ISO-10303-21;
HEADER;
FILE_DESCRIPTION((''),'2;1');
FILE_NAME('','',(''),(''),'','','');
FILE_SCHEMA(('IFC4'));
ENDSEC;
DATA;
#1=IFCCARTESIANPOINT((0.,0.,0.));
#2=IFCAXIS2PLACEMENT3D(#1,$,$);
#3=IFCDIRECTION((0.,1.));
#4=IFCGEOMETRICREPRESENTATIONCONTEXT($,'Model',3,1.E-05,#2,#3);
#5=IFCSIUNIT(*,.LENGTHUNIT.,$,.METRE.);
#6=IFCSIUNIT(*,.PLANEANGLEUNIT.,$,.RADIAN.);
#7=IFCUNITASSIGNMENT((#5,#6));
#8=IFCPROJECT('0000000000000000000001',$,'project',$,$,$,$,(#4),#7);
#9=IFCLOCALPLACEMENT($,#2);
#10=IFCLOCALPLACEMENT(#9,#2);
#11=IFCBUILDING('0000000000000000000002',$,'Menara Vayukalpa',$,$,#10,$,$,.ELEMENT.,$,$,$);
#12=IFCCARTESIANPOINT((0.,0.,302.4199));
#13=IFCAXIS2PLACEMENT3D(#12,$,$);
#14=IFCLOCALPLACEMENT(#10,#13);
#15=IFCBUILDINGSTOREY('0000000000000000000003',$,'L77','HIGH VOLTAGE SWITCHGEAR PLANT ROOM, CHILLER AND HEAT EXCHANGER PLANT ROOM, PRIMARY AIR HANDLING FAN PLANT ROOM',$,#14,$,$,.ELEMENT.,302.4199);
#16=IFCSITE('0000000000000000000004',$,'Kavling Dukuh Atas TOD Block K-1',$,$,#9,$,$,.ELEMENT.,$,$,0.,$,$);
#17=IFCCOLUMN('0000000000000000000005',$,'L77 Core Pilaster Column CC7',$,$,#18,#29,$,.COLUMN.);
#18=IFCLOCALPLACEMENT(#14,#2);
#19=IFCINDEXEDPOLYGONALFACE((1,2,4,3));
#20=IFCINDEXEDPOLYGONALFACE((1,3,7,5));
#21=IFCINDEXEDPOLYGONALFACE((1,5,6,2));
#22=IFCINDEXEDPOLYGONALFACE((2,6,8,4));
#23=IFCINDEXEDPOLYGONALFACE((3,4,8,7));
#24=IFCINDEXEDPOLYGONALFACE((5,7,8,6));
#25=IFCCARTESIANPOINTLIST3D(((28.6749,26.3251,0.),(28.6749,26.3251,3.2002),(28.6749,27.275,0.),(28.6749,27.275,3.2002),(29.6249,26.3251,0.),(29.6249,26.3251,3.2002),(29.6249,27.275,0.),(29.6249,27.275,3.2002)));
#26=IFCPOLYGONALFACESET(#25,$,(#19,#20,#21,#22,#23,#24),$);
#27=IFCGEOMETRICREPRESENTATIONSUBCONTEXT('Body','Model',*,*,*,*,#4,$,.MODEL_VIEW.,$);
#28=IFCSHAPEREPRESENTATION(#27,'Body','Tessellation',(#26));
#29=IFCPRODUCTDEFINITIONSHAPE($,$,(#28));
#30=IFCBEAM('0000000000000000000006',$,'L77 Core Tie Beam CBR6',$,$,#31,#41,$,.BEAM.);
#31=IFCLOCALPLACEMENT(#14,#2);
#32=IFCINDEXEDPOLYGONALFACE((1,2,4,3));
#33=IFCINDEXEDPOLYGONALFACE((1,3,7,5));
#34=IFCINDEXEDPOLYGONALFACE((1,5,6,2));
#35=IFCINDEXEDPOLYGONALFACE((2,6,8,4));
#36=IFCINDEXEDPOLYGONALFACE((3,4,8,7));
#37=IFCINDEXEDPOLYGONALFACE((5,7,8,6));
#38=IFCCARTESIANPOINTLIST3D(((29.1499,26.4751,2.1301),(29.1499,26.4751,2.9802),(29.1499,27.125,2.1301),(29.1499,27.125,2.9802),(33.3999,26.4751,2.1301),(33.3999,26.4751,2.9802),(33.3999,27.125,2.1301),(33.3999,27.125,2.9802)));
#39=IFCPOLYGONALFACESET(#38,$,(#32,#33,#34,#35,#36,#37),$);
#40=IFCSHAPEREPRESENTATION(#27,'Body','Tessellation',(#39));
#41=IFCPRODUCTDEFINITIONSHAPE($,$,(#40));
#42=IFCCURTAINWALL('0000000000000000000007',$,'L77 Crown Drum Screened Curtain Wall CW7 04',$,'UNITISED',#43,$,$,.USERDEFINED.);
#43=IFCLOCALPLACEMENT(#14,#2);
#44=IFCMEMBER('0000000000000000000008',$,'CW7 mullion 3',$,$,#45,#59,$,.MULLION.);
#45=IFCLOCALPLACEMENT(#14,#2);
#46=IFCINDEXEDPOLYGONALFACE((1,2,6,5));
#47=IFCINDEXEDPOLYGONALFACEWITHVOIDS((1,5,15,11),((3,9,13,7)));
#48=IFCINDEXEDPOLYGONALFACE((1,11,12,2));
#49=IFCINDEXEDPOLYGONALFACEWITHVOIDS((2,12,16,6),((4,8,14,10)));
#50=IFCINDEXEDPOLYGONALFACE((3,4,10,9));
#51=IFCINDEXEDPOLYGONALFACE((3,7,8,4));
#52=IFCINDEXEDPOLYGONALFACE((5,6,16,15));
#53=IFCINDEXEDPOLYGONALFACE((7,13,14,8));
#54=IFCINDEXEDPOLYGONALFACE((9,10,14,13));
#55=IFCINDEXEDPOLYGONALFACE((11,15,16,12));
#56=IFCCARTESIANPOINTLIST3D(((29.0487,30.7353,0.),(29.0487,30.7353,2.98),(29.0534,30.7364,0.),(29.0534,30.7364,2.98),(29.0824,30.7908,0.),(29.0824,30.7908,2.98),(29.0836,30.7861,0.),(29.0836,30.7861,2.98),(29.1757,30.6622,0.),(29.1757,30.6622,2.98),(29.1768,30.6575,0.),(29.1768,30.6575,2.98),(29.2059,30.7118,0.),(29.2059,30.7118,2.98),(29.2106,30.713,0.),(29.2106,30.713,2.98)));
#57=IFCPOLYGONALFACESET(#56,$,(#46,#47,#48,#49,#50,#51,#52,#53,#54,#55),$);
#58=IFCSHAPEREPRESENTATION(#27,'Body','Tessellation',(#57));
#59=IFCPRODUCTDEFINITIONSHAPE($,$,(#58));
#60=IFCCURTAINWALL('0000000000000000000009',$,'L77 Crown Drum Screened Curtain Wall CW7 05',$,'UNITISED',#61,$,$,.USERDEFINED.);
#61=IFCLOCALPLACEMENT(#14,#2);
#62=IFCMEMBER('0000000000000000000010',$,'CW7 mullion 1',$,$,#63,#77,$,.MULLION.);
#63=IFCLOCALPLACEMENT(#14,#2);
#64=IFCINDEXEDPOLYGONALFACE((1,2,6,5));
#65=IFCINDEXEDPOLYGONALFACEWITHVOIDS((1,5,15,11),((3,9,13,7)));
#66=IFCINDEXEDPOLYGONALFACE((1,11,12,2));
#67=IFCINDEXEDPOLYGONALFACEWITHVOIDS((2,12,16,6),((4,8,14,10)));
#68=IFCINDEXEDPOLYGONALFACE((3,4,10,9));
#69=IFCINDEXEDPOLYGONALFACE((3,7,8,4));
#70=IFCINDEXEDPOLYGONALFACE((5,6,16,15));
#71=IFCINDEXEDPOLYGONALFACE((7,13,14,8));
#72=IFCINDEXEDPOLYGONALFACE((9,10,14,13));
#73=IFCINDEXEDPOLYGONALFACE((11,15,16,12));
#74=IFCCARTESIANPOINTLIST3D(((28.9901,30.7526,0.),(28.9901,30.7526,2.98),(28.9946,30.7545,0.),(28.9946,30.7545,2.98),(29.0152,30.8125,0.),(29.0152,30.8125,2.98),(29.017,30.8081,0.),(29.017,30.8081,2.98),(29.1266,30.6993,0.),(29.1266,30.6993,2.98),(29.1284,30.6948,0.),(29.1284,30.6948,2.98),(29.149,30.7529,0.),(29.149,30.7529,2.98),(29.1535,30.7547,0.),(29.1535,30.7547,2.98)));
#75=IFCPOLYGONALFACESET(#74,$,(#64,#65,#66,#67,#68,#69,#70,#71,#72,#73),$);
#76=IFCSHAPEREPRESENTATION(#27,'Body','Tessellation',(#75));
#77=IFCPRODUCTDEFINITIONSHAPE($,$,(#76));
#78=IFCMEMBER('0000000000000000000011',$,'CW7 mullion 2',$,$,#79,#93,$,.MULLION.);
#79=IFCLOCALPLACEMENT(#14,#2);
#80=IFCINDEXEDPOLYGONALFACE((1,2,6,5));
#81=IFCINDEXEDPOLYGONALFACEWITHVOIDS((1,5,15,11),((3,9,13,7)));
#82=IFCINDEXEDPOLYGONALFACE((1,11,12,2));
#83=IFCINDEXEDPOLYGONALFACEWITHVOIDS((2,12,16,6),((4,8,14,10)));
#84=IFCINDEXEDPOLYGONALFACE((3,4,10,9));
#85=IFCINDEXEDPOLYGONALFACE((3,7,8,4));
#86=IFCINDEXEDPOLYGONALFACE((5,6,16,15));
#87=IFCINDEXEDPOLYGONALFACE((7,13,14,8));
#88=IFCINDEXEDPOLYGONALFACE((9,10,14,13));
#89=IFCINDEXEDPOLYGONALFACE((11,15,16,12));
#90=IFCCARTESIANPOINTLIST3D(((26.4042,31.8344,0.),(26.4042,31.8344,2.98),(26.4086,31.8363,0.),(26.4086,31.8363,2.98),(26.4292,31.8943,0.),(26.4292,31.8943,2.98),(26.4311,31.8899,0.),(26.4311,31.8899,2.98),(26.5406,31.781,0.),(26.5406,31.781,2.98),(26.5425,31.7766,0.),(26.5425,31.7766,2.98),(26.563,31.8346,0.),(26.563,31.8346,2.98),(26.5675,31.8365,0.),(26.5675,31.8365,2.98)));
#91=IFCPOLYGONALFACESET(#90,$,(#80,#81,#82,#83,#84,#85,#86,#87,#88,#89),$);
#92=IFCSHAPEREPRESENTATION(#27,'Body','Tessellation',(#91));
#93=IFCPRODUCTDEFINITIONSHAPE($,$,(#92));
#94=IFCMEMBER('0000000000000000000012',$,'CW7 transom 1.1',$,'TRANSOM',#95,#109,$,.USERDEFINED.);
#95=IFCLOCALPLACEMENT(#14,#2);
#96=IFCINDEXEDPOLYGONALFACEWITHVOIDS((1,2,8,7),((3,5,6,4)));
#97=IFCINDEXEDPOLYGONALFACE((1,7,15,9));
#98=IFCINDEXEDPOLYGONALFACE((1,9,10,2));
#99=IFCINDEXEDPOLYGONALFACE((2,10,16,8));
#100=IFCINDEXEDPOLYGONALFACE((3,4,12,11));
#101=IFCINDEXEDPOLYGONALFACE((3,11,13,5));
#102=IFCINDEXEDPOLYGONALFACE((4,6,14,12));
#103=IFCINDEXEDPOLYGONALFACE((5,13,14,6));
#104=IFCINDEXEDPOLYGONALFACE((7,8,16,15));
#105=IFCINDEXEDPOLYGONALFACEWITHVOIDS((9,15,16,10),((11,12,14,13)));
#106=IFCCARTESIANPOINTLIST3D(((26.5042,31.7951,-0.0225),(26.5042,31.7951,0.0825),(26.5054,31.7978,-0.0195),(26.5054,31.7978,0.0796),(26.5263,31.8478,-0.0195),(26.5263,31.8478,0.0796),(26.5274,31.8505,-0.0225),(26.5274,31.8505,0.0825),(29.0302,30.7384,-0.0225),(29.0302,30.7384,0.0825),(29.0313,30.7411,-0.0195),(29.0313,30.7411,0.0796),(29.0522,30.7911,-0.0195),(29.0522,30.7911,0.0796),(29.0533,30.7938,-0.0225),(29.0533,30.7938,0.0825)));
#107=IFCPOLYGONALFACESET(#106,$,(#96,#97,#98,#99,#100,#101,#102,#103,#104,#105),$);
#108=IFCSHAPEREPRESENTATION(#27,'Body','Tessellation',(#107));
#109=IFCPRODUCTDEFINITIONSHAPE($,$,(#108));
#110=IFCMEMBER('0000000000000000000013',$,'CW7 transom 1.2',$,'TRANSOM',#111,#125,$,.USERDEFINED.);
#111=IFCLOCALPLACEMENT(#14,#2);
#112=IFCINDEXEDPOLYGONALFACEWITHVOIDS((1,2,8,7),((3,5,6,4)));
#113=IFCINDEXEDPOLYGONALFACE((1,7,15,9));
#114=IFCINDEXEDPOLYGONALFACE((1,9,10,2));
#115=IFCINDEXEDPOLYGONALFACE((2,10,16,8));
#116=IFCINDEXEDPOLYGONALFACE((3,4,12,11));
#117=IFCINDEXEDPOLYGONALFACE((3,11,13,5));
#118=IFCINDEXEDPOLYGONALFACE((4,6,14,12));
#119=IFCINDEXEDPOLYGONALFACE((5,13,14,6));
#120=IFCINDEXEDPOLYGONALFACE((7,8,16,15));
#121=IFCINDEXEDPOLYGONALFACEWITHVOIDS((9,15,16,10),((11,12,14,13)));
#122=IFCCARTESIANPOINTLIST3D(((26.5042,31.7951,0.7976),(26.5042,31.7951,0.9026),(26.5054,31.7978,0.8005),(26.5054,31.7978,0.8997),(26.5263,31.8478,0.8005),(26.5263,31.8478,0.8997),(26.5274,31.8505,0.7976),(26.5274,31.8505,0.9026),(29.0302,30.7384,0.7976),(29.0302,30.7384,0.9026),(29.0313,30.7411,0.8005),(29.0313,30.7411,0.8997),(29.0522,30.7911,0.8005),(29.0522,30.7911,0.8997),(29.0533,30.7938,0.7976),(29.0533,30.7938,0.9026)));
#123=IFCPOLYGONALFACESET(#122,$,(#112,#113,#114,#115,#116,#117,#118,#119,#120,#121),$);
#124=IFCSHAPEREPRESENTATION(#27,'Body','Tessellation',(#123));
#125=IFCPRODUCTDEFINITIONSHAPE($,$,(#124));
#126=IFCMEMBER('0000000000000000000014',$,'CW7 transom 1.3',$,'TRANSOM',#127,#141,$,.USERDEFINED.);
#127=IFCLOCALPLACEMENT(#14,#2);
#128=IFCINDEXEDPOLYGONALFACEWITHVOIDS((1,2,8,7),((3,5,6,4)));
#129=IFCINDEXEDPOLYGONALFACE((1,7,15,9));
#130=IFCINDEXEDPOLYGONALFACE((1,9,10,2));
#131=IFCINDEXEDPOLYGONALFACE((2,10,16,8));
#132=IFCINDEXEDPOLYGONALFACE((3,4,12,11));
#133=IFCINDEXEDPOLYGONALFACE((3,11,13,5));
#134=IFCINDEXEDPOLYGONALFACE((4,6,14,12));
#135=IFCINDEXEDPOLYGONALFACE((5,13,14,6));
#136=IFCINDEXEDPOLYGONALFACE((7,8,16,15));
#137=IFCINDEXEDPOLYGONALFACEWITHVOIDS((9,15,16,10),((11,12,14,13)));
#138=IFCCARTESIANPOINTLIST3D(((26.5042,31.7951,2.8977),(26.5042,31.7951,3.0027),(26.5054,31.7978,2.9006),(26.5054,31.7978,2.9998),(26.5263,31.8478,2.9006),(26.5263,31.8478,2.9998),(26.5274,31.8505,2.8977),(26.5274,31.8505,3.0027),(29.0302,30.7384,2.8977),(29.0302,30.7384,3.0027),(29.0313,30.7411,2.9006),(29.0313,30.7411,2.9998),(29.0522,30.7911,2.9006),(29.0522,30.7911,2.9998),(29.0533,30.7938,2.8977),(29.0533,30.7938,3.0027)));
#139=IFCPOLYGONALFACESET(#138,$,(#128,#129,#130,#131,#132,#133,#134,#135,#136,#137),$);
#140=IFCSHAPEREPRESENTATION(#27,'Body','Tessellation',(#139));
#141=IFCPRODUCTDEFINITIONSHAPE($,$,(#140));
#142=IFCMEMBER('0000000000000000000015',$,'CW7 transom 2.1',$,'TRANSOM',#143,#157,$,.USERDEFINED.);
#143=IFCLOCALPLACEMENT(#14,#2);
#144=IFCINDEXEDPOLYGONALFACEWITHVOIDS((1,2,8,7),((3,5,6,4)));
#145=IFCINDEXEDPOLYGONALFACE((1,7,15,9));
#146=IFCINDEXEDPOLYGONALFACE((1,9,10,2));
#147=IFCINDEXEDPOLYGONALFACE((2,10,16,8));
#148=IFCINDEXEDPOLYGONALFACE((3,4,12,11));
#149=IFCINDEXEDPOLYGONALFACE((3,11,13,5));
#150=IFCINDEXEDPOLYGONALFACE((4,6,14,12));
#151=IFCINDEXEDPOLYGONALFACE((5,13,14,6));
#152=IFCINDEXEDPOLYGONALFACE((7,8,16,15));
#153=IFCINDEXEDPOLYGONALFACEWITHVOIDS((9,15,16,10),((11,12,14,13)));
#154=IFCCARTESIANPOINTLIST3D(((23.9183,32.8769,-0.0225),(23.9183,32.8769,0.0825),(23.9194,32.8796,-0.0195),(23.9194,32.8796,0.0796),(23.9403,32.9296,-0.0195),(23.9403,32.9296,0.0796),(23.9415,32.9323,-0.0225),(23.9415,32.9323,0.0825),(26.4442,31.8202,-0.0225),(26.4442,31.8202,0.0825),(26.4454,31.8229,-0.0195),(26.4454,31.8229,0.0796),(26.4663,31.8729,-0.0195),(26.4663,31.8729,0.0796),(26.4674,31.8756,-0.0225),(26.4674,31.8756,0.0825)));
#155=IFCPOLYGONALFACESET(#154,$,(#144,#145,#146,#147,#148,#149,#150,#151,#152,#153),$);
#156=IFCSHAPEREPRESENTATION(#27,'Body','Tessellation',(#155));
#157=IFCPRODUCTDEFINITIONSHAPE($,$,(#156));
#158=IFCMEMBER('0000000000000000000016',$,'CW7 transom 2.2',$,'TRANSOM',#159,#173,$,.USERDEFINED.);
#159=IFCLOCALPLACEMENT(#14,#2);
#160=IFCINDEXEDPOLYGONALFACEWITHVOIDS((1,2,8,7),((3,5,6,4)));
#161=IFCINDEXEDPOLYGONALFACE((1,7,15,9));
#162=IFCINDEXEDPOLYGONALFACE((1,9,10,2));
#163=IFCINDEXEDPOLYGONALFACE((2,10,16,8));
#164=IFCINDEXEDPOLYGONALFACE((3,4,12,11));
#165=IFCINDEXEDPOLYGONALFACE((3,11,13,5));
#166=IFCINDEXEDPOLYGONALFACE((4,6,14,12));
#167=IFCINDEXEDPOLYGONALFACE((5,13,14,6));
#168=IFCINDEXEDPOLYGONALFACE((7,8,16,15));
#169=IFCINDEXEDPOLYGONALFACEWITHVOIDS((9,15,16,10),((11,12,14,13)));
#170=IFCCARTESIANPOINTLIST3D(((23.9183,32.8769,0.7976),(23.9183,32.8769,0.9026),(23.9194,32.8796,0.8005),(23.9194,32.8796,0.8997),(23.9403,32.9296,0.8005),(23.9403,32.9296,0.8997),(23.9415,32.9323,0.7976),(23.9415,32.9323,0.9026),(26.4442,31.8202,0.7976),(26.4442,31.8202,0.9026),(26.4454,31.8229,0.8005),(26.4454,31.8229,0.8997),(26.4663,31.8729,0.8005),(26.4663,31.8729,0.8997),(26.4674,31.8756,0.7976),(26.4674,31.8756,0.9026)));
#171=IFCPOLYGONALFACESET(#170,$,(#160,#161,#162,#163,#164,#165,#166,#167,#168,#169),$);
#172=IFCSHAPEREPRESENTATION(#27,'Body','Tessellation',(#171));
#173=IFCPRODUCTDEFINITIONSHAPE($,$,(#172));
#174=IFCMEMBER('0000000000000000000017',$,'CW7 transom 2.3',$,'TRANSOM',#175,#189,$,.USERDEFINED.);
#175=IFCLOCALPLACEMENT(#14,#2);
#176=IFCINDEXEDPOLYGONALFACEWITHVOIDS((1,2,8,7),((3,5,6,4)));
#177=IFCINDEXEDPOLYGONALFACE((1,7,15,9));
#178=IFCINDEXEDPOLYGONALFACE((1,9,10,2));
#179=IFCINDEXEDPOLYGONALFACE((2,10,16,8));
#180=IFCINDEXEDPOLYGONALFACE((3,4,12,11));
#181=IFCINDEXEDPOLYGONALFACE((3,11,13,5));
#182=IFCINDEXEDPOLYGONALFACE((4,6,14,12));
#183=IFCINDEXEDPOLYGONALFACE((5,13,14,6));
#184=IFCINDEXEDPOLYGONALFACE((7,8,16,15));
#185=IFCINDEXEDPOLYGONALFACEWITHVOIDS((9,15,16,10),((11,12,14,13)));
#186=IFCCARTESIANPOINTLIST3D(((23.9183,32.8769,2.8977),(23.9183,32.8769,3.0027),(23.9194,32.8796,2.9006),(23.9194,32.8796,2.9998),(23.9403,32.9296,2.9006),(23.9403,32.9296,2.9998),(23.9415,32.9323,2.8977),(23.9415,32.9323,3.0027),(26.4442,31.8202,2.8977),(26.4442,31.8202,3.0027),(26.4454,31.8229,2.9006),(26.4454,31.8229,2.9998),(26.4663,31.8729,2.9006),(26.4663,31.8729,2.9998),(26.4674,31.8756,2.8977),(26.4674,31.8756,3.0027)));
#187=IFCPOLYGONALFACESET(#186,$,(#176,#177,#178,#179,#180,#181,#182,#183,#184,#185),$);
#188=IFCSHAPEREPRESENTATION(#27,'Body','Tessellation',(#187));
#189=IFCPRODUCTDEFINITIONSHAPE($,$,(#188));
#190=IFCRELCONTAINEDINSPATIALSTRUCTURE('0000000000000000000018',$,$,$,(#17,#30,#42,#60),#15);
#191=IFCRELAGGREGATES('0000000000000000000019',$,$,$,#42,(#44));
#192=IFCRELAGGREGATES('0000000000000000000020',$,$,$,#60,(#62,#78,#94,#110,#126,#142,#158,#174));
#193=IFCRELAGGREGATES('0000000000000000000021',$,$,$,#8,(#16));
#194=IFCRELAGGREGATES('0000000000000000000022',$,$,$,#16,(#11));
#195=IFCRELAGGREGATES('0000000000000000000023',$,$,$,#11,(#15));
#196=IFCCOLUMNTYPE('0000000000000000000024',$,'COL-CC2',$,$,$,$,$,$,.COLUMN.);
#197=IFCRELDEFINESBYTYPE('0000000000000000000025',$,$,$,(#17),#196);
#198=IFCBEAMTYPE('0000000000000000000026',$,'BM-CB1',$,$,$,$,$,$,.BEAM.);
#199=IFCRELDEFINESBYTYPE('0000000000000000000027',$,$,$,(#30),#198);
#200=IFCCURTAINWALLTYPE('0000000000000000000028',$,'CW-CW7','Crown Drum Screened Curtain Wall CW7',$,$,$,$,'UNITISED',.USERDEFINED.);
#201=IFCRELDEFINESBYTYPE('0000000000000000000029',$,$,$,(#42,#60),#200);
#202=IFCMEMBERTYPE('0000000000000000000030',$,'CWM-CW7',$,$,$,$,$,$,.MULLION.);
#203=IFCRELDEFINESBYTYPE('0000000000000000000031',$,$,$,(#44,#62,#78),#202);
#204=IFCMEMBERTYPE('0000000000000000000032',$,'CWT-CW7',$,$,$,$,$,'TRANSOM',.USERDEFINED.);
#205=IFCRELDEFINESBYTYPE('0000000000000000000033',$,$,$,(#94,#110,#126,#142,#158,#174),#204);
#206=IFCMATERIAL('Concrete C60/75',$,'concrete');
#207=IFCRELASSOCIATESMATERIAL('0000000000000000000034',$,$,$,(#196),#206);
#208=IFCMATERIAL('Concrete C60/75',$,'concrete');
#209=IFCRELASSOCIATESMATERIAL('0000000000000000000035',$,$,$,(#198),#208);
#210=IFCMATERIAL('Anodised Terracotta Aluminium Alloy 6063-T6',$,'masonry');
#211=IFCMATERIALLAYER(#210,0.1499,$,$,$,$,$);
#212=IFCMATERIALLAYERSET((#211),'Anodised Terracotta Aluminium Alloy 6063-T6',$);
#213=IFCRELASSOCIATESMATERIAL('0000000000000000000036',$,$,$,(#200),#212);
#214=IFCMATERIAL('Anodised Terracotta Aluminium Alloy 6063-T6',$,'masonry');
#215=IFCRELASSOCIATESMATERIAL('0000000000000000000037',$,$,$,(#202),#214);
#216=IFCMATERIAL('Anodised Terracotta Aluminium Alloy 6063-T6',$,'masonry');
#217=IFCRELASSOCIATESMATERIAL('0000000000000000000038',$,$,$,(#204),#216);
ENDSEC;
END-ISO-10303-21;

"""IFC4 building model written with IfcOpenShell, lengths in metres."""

from ifc_helpers import new_model, si_unit, direction, frame, origin, origin_2d, place, context, subcontext, project, spatial, rectangle, hollow_rectangle, extrude, material, layer, layer_set, material_profile, profile_set, type_object, element, aggregate, save


model = new_model("IFC4")

# Units and contexts
model_context = context("Model", 3, precision=1e-05, world=origin(), true_north=direction((0.0, 1.0)))
body_context = subcontext(model_context, "Body", "Model", "MODEL_VIEW")
ifc_project = project(units=[si_unit("LENGTHUNIT", "METRE"), si_unit("PLANEANGLEUNIT", "RADIAN")], contexts=[model_context])

# Site, building, storey
site_placement = place(None, origin())
site = spatial("IfcSite", under=ifc_project, at=site_placement, Name="Kavling Dukuh Atas TOD Block K-1", CompositionType="ELEMENT", RefElevation=0.0)
building_placement = place(site_placement, origin())
building = spatial("IfcBuilding", under=site, at=building_placement, Name="Menara Vayukalpa", CompositionType="ELEMENT")
storey_placement = place(building_placement, frame((0.0, 0.0, 302.4199)))
storey = spatial("IfcBuildingStorey", under=building, at=storey_placement, Name="L77", Description="HIGH VOLTAGE SWITCHGEAR PLANT ROOM, CHILLER AND HEAT EXCHANGER PLANT ROOM, PRIMARY AIR HANDLING FAN PLANT ROOM", CompositionType="ELEMENT", Elevation=302.4199)

# Column
ifc_material_1 = material(Name="Concrete C60/75", Category="concrete")
ifc_material_profile_1 = material_profile(ifc_material_1, rectangle(XDim=0.95, YDim=0.95, at=origin_2d()), Name="RC 950x950")
ifc_profile_set_1 = profile_set([ifc_material_profile_1], Name="Concrete C60/75")
column_type = type_object("IfcColumnType", Name="COL-CC2", PredefinedType="COLUMN", material=ifc_profile_set_1)
column_placement = place(storey_placement, frame((29.1499, 26.8, 0.0), z_axis=(0.0, 0.0, 1.0), x_axis=(1.0, 0.0, 0.0)))
element("IfcColumn", 1, at=column_placement, inside=storey, type_object=column_type, Name="L77 Core Pilaster Column CC7", PredefinedType="COLUMN", context=body_context, shape_type="SweptSolid", body=[
    extrude(rectangle(XDim=0.95, YDim=0.95, at=origin_2d()), origin(), (0.0, 0.0, 1.0), 3.2002),
])

# Beam
ifc_material_2 = material(Name="Concrete C60/75", Category="concrete")
ifc_material_profile_2 = material_profile(ifc_material_2, rectangle(XDim=0.6499, YDim=0.8501, at=origin_2d()), Name="RC 650x850")
ifc_profile_set_2 = profile_set([ifc_material_profile_2], Name="Concrete C60/75")
beam_type = type_object("IfcBeamType", Name="BM-CB1", PredefinedType="BEAM", material=ifc_profile_set_2)
beam_placement = place(storey_placement, frame((29.1499, 26.8, 2.5552), z_axis=(1.0, 0.0, 0.0), x_axis=(0.0, 1.0, 0.0)))
element("IfcBeam", 2, at=beam_placement, inside=storey, type_object=beam_type, Name="L77 Core Tie Beam CBR6", PredefinedType="BEAM", context=body_context, shape_type="SweptSolid", body=[
    extrude(rectangle(XDim=0.6499, YDim=0.8501, at=origin_2d()), origin(), (0.0, 0.0, 1.0), 4.25),
])

# Curtain wall, member
ifc_material_3 = material(Name="Anodised Terracotta Aluminium Alloy 6063-T6", Category="masonry")
ifc_layer_1 = layer(ifc_material_3, 0.1499)
ifc_layer_set_1 = layer_set([ifc_layer_1], Name="Anodised Terracotta Aluminium Alloy 6063-T6")
curtain_wall_type = type_object("IfcCurtainWallType", Name="CW-CW7", Description="Crown Drum Screened Curtain Wall CW7", ElementType="UNITISED", PredefinedType="USERDEFINED", material=ifc_layer_set_1)
curtain_wall_1_placement = place(storey_placement, origin())
curtain_wall_1 = element("IfcCurtainWall", 3, at=curtain_wall_1_placement, inside=storey, type_object=curtain_wall_type, Name="L77 Crown Drum Screened Curtain Wall CW7 04", ObjectType="UNITISED", PredefinedType="USERDEFINED")
ifc_material_4 = material(Name="Anodised Terracotta Aluminium Alloy 6063-T6", Category="masonry")
ifc_material_profile_3 = material_profile(ifc_material_4, hollow_rectangle(XDim=0.0649, YDim=0.1499, WallThickness=0.0034, at=origin_2d()), Name="ALU 65x150x3.5")
ifc_profile_set_3 = profile_set([ifc_material_profile_3], Name="Anodised Terracotta Aluminium Alloy 6063-T6")
member_type_1 = type_object("IfcMemberType", Name="CWM-CW7", PredefinedType="MULLION", material=ifc_profile_set_3)
member_1_placement = place(storey_placement, frame((29.1296, 30.7241, 0.0), z_axis=(0.0, 0.0, 1.0), x_axis=(-0.519176, -0.854667, 0.0)))
member_1 = element("IfcMember", 4, at=member_1_placement, type_object=member_type_1, Name="CW7 mullion 3", PredefinedType="MULLION", context=body_context, shape_type="SweptSolid", body=[
    extrude(hollow_rectangle(XDim=0.0649, YDim=0.1499, WallThickness=0.0034, at=origin_2d()), origin(), (0.0, 0.0, 1.0), 2.98),
])

# Curtain wall, members
curtain_wall_2_placement = place(storey_placement, origin())
curtain_wall_2 = element("IfcCurtainWall", 5, at=curtain_wall_2_placement, inside=storey, type_object=curtain_wall_type, Name="L77 Crown Drum Screened Curtain Wall CW7 05", ObjectType="UNITISED", PredefinedType="USERDEFINED")
member_2_placement = place(storey_placement, frame((29.0718, 30.7537, 0.0), z_axis=(0.0, 0.0, 1.0), x_axis=(-0.385898, -0.922541, 0.0)))
member_2 = element("IfcMember", 6, at=member_2_placement, type_object=member_type_1, Name="CW7 mullion 1", PredefinedType="MULLION", context=body_context, shape_type="SweptSolid", body=[
    extrude(hollow_rectangle(XDim=0.0649, YDim=0.1499, WallThickness=0.0034, at=origin_2d()), origin(), (0.0, 0.0, 1.0), 2.98),
])
member_3_placement = place(storey_placement, frame((26.4858, 31.8354, 0.0), z_axis=(0.0, 0.0, 1.0), x_axis=(-0.385898, -0.922541, 0.0)))
member_3 = element("IfcMember", 7, at=member_3_placement, type_object=member_type_1, Name="CW7 mullion 2", PredefinedType="MULLION", context=body_context, shape_type="SweptSolid", body=[
    extrude(hollow_rectangle(XDim=0.0649, YDim=0.1499, WallThickness=0.0034, at=origin_2d()), origin(), (0.0, 0.0, 1.0), 2.98),
])
ifc_material_5 = material(Name="Anodised Terracotta Aluminium Alloy 6063-T6", Category="masonry")
ifc_material_profile_4 = material_profile(ifc_material_5, hollow_rectangle(XDim=0.0601, YDim=0.105, WallThickness=0.0029, at=origin_2d()), Name="ALU 60x105x3")
ifc_profile_set_4 = profile_set([ifc_material_profile_4], Name="Anodised Terracotta Aluminium Alloy 6063-T6")
member_type_2 = type_object("IfcMemberType", Name="CWT-CW7", ElementType="TRANSOM", PredefinedType="USERDEFINED", material=ifc_profile_set_4)
member_4_placement = place(storey_placement, frame((29.0417, 30.7661, 0.03), z_axis=(-0.922533, 0.385919, 0.0), x_axis=(-0.385919, -0.922533, 0.0)))
member_4 = element("IfcMember", 8, at=member_4_placement, type_object=member_type_2, Name="CW7 transom 1.1", ObjectType="TRANSOM", PredefinedType="USERDEFINED", context=body_context, shape_type="SweptSolid", body=[
    extrude(hollow_rectangle(XDim=0.0601, YDim=0.105, WallThickness=0.0029, at=origin_2d()), origin(), (0.0, 0.0, 1.0), 2.738),
])
member_5_placement = place(storey_placement, frame((29.0417, 30.7661, 0.8501), z_axis=(-0.922533, 0.385919, 0.0), x_axis=(-0.385919, -0.922533, 0.0)))
member_5 = element("IfcMember", 9, at=member_5_placement, type_object=member_type_2, Name="CW7 transom 1.2", ObjectType="TRANSOM", PredefinedType="USERDEFINED", context=body_context, shape_type="SweptSolid", body=[
    extrude(hollow_rectangle(XDim=0.0601, YDim=0.105, WallThickness=0.0029, at=origin_2d()), origin(), (0.0, 0.0, 1.0), 2.738),
])
member_6_placement = place(storey_placement, frame((29.0417, 30.7661, 2.9502), z_axis=(-0.922533, 0.385919, 0.0), x_axis=(-0.385919, -0.922533, 0.0)))
member_6 = element("IfcMember", 10, at=member_6_placement, type_object=member_type_2, Name="CW7 transom 1.3", ObjectType="TRANSOM", PredefinedType="USERDEFINED", context=body_context, shape_type="SweptSolid", body=[
    extrude(hollow_rectangle(XDim=0.0601, YDim=0.105, WallThickness=0.0029, at=origin_2d()), origin(), (0.0, 0.0, 1.0), 2.738),
])
member_7_placement = place(storey_placement, frame((26.4558, 31.8479, 0.03), z_axis=(-0.922533, 0.385919, 0.0), x_axis=(-0.385919, -0.922533, 0.0)))
member_7 = element("IfcMember", 11, at=member_7_placement, type_object=member_type_2, Name="CW7 transom 2.1", ObjectType="TRANSOM", PredefinedType="USERDEFINED", context=body_context, shape_type="SweptSolid", body=[
    extrude(hollow_rectangle(XDim=0.0601, YDim=0.105, WallThickness=0.0029, at=origin_2d()), origin(), (0.0, 0.0, 1.0), 2.738),
])
member_8_placement = place(storey_placement, frame((26.4558, 31.8479, 0.8501), z_axis=(-0.922533, 0.385919, 0.0), x_axis=(-0.385919, -0.922533, 0.0)))
member_8 = element("IfcMember", 12, at=member_8_placement, type_object=member_type_2, Name="CW7 transom 2.2", ObjectType="TRANSOM", PredefinedType="USERDEFINED", context=body_context, shape_type="SweptSolid", body=[
    extrude(hollow_rectangle(XDim=0.0601, YDim=0.105, WallThickness=0.0029, at=origin_2d()), origin(), (0.0, 0.0, 1.0), 2.738),
])
member_9_placement = place(storey_placement, frame((26.4558, 31.8479, 2.9502), z_axis=(-0.922533, 0.385919, 0.0), x_axis=(-0.385919, -0.922533, 0.0)))
member_9 = element("IfcMember", 13, at=member_9_placement, type_object=member_type_2, Name="CW7 transom 2.3", ObjectType="TRANSOM", PredefinedType="USERDEFINED", context=body_context, shape_type="SweptSolid", body=[
    extrude(hollow_rectangle(XDim=0.0601, YDim=0.105, WallThickness=0.0029, at=origin_2d()), origin(), (0.0, 0.0, 1.0), 2.738),
])

aggregate(curtain_wall_1, [member_1])
aggregate(curtain_wall_2, [member_2, member_3, member_4, member_5, member_6, member_7, member_8, member_9])

save(model, "model.ifc")
